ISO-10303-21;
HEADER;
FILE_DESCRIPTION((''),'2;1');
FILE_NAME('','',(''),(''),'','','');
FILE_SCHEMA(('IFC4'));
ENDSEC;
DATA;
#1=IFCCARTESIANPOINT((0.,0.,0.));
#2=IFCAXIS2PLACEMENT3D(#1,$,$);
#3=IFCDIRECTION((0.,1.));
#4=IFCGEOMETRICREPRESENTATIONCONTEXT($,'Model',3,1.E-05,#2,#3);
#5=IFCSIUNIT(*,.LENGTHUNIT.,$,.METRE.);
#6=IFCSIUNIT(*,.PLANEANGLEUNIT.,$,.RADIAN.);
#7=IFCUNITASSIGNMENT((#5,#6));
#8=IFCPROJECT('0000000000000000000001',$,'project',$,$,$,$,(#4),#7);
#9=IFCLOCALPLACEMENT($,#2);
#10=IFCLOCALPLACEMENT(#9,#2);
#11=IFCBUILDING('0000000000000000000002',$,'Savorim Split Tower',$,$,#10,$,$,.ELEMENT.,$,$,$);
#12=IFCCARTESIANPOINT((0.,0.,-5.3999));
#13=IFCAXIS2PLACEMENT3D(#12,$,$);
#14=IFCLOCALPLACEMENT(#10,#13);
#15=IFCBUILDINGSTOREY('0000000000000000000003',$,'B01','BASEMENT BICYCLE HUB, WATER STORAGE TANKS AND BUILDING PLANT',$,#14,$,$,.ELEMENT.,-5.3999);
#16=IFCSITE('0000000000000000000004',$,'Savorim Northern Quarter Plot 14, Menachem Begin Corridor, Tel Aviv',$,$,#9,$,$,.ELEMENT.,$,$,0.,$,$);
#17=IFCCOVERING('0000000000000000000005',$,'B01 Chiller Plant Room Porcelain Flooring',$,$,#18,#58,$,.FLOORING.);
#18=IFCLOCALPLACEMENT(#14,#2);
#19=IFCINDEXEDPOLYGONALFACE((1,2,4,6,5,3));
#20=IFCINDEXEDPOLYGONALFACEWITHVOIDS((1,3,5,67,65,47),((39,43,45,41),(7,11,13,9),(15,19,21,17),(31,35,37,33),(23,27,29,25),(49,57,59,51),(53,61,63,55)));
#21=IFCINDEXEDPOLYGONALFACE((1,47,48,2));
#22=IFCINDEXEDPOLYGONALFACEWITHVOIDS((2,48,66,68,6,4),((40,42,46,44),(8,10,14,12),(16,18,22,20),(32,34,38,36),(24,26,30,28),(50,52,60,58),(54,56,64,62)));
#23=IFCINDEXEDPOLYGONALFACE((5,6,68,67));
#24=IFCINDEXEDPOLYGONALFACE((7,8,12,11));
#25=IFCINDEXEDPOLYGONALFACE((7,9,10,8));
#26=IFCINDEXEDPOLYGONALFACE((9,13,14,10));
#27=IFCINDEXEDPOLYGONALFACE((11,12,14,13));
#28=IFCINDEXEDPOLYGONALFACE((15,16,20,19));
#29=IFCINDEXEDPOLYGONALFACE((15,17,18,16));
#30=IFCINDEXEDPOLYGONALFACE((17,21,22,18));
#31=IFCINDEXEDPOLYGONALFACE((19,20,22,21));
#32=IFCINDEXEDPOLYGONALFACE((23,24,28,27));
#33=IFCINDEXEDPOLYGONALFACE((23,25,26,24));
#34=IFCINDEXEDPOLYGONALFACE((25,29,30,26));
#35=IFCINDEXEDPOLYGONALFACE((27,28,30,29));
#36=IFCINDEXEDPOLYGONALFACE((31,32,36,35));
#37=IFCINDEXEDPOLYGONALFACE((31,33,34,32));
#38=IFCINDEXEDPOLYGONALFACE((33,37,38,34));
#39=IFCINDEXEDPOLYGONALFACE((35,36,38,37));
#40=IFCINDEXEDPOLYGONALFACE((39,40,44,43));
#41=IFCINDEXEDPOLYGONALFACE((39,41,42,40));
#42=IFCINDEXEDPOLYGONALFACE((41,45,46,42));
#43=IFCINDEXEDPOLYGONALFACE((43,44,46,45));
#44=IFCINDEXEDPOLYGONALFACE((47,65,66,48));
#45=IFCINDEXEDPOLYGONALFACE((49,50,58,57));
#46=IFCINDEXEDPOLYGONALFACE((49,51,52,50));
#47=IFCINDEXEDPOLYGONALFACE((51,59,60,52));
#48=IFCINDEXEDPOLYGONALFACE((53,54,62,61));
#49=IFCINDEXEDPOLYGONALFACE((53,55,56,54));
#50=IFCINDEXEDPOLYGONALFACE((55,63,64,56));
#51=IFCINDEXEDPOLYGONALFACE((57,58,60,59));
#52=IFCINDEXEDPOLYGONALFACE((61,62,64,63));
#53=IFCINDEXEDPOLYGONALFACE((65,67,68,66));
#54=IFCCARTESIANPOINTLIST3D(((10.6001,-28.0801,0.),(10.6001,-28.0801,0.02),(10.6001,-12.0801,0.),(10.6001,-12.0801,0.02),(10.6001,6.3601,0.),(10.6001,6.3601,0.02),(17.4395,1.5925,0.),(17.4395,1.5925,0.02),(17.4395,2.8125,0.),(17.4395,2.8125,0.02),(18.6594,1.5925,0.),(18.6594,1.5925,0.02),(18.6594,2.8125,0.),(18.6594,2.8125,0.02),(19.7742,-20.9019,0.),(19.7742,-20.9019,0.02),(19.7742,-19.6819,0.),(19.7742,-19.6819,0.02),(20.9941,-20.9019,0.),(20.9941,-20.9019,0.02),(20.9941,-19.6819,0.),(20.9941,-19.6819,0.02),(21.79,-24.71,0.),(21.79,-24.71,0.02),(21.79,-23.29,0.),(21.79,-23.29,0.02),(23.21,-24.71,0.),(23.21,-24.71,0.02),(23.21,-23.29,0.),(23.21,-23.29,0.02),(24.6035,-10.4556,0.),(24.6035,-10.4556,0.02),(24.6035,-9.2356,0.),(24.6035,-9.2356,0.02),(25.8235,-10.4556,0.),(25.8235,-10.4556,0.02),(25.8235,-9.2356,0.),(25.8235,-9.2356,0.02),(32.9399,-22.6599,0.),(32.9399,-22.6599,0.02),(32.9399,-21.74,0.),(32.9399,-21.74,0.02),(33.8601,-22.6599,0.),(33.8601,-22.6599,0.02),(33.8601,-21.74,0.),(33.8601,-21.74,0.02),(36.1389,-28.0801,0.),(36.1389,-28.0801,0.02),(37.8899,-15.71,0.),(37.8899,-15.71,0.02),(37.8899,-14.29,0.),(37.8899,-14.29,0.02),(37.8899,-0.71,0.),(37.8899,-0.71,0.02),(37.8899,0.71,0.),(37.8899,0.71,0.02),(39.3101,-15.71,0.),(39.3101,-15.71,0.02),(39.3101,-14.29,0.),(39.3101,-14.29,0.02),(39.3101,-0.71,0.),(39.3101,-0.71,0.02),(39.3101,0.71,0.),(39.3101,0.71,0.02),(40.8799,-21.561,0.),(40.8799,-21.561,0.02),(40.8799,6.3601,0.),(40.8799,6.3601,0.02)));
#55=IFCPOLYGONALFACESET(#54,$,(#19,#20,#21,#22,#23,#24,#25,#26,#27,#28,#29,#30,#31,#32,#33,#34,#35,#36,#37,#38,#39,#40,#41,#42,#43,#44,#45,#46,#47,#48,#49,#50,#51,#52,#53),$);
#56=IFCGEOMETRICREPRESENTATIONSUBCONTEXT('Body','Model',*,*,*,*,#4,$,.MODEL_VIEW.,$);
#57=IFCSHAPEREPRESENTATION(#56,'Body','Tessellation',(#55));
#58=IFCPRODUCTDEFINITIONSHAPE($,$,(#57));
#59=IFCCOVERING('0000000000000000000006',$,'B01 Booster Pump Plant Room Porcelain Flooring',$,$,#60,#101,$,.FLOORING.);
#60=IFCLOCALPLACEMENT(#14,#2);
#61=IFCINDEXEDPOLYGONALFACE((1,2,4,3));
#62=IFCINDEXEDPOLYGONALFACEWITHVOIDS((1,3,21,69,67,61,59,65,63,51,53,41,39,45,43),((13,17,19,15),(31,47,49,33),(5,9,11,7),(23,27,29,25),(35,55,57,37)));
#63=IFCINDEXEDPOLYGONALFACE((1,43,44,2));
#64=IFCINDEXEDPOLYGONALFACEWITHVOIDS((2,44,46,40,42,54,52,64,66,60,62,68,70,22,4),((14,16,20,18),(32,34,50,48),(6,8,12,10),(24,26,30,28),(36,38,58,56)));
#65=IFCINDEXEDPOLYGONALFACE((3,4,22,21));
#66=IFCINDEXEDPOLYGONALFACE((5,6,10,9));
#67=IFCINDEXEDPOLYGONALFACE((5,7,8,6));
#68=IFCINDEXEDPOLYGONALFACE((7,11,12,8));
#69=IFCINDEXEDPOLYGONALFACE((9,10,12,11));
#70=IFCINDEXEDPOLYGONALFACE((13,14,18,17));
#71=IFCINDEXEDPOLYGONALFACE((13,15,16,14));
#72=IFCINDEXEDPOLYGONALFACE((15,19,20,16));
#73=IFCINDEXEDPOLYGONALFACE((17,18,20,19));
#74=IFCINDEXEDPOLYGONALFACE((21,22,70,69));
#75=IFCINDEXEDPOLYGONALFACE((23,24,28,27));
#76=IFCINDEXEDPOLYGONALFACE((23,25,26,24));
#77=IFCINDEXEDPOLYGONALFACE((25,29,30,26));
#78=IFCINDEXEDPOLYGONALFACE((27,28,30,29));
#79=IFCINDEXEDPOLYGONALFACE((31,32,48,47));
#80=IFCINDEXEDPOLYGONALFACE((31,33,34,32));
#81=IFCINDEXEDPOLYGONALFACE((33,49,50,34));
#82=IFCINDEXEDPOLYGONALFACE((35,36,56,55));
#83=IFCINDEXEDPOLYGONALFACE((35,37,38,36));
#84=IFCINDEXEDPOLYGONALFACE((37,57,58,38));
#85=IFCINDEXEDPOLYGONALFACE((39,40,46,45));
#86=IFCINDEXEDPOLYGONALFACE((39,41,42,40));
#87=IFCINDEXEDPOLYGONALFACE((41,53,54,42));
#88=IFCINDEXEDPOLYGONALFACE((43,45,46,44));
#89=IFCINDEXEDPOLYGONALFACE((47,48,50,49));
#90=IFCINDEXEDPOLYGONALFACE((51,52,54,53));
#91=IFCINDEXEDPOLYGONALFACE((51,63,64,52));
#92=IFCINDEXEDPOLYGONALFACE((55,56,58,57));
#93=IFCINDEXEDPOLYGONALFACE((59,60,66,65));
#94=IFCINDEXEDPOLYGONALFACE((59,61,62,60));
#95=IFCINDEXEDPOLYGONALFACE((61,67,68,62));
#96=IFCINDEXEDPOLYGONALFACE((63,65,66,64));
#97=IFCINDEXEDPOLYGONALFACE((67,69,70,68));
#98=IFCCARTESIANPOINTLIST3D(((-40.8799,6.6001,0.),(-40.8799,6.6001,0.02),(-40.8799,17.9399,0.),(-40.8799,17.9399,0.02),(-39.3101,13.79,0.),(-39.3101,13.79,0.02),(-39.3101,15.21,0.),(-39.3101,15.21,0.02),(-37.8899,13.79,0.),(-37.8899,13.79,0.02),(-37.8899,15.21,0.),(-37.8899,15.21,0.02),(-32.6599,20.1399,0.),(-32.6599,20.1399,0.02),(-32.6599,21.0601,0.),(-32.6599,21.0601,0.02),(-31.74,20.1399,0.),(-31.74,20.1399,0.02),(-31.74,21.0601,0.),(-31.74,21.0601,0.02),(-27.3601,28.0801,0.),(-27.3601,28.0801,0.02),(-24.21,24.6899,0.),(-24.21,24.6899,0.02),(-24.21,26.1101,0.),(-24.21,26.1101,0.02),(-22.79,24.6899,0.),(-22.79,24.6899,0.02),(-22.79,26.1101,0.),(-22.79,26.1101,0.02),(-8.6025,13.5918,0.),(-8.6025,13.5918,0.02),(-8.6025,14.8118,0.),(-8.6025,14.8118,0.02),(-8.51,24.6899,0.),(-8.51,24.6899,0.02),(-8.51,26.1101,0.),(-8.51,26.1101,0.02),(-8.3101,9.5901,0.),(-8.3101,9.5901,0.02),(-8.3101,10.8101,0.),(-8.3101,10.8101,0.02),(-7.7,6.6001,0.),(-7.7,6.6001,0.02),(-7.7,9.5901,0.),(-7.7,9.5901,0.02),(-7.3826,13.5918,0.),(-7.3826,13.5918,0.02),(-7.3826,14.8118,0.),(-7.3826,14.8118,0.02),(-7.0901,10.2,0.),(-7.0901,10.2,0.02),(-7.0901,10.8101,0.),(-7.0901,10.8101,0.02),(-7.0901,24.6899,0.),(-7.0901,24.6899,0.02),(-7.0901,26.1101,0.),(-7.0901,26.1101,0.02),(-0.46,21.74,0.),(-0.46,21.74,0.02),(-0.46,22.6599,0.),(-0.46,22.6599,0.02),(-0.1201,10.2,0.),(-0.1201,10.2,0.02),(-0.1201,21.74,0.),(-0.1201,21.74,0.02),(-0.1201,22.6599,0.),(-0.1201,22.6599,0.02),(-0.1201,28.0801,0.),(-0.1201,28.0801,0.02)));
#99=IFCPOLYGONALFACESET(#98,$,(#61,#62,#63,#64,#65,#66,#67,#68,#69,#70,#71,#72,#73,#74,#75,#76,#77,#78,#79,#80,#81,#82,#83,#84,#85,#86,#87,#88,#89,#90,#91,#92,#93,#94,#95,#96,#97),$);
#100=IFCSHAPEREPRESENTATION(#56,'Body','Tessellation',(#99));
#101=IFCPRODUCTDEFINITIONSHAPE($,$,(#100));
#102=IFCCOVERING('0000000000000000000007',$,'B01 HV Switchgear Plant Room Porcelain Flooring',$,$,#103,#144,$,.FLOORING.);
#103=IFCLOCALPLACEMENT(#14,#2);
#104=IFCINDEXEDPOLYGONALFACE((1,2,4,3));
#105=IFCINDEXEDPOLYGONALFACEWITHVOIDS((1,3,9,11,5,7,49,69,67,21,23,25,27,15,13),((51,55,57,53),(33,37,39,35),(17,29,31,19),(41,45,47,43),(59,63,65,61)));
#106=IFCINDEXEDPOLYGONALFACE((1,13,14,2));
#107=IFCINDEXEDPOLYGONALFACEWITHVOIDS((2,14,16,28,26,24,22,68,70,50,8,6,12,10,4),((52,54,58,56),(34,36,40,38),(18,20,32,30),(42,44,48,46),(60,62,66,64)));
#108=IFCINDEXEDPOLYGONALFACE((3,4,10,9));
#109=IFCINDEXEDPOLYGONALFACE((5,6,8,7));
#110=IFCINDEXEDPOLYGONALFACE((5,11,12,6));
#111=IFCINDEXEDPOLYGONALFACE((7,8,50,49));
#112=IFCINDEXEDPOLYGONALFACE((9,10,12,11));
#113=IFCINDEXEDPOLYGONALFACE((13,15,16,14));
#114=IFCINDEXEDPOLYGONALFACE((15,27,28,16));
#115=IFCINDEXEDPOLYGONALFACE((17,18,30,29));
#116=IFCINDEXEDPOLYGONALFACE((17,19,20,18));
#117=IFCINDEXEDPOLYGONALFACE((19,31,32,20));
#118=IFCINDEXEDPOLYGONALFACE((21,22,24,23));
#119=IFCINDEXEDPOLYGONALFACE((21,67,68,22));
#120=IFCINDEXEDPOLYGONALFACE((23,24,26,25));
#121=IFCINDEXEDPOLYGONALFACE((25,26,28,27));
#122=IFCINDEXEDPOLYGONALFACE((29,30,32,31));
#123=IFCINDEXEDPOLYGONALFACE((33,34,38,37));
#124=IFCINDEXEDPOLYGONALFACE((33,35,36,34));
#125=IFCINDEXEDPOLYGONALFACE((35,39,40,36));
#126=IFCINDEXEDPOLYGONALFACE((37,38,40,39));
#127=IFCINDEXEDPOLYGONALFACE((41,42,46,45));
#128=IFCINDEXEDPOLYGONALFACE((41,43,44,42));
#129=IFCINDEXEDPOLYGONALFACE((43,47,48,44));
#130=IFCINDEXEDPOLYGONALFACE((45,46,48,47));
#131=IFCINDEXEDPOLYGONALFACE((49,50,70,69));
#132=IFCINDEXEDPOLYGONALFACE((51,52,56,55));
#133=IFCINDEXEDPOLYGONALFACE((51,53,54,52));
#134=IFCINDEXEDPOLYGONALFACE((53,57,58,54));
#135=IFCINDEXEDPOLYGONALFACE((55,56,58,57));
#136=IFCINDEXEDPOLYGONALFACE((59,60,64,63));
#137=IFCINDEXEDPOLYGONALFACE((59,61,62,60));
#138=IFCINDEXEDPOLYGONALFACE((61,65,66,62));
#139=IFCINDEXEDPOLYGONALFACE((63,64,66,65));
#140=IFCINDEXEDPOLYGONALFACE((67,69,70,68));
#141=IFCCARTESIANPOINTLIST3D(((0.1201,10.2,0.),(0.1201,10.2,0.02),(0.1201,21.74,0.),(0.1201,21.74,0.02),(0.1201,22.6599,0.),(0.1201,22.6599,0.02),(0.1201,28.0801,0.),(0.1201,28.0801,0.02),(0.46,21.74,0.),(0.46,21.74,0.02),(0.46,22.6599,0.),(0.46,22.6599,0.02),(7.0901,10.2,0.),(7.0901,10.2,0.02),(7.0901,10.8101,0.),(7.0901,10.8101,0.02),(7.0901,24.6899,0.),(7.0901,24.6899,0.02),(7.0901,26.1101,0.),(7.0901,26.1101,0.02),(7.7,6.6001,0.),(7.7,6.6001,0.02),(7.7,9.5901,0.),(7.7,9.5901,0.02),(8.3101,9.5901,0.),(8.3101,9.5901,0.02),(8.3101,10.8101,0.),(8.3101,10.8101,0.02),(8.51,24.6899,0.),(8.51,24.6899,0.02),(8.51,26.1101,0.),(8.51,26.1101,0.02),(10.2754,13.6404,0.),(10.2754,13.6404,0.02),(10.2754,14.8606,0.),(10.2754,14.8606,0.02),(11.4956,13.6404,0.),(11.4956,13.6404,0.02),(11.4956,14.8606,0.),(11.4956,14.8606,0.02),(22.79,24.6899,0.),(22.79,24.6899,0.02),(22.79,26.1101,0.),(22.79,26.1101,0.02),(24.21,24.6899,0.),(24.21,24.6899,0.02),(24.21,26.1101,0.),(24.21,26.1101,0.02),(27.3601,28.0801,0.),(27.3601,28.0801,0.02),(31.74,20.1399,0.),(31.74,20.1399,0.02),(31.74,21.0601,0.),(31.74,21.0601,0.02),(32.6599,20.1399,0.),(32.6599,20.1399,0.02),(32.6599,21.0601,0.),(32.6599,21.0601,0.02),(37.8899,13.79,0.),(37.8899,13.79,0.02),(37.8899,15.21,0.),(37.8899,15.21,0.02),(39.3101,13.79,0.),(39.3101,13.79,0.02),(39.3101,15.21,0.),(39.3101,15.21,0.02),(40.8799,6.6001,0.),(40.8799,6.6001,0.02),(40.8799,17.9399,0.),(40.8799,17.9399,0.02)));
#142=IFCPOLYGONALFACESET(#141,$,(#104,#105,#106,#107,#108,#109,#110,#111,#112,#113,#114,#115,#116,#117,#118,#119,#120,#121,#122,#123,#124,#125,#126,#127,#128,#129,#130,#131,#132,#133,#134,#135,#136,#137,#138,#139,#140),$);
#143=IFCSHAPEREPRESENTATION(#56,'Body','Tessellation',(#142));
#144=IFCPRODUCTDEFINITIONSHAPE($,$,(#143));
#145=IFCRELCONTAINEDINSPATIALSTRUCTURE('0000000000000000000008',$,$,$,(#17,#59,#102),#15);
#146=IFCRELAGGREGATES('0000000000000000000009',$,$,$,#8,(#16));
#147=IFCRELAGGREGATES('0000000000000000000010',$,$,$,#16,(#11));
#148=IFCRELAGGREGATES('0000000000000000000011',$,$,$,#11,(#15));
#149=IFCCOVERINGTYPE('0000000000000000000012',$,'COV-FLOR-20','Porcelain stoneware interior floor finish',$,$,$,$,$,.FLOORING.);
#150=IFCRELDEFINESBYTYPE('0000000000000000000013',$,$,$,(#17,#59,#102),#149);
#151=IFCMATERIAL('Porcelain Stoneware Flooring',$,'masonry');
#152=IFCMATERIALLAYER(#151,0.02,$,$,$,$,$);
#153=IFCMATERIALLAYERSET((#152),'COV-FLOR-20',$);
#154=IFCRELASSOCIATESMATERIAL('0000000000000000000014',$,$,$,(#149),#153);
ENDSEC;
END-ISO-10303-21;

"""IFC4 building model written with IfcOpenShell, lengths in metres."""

from ifc_helpers import new_model, si_unit, direction, frame, origin, place, context, subcontext, project, spatial, polyline, outline, extrude, material, layer, layer_set, type_object, element, save


model = new_model("IFC4")

# Units and contexts
model_context = context("Model", 3, precision=1e-05, world=origin(), true_north=direction((0.0, 1.0)))
body_context = subcontext(model_context, "Body", "Model", "MODEL_VIEW")
ifc_project = project(units=[si_unit("LENGTHUNIT", "METRE"), si_unit("PLANEANGLEUNIT", "RADIAN")], contexts=[model_context])

# Site, building, storey
site_placement = place(None, origin())
site = spatial("IfcSite", under=ifc_project, at=site_placement, Name="Savorim Northern Quarter Plot 14, Menachem Begin Corridor, Tel Aviv", CompositionType="ELEMENT", RefElevation=0.0)
building_placement = place(site_placement, origin())
building = spatial("IfcBuilding", under=site, at=building_placement, Name="Savorim Split Tower", CompositionType="ELEMENT")
storey_placement = place(building_placement, frame((0.0, 0.0, -5.3999)))
storey = spatial("IfcBuildingStorey", under=building, at=storey_placement, Name="B01", Description="BASEMENT BICYCLE HUB, WATER STORAGE TANKS AND BUILDING PLANT", CompositionType="ELEMENT", Elevation=-5.3999)

# Coverings
ifc_material_1 = material(Name="Porcelain Stoneware Flooring", Category="masonry")
ifc_layer_1 = layer(ifc_material_1, 0.02)
ifc_layer_set_1 = layer_set([ifc_layer_1], Name="COV-FLOR-20")
covering_type_1 = type_object("IfcCoveringType", Name="COV-FLOR-20", Description="Porcelain stoneware interior floor finish", PredefinedType="FLOORING", material=ifc_layer_set_1)
covering_1_placement = place(storey_placement, origin())
element("IfcCovering", 1, at=covering_1_placement, inside=storey, type_object=covering_type_1, Name="B01 Chiller Plant Room Porcelain Flooring", PredefinedType="FLOORING", context=body_context, shape_type="SweptSolid", body=[
    extrude(outline(polyline([(10.6001, -28.0801), (36.1389, -28.0801), (40.8799, -21.561), (40.8799, 6.3601), (10.6001, 6.3601), (10.6001, -12.0801), (10.6001, -28.0801)]), holes=[polyline([(37.8899, -14.29), (37.8899, -15.71), (39.3101, -15.71), (39.3101, -14.29), (37.8899, -14.29)]), polyline([(37.8899, 0.71), (37.8899, -0.71), (39.3101, -0.71), (39.3101, 0.71), (37.8899, 0.71)]), polyline([(21.79, -24.71), (23.21, -24.71), (23.21, -23.29), (21.79, -23.29), (21.79, -24.71)]), polyline([(19.7742, -20.9019), (20.9941, -20.9019), (20.9941, -19.6819), (19.7742, -19.6819), (19.7742, -20.9019)]), polyline([(25.8235, -10.4556), (25.8235, -9.2356), (24.6035, -9.2356), (24.6035, -10.4556), (25.8235, -10.4556)]), polyline([(18.6594, 2.8125), (17.4395, 2.8125), (17.4395, 1.5925), (18.6594, 1.5925), (18.6594, 2.8125)]), polyline([(32.9399, -21.74), (32.9399, -22.6599), (33.8601, -22.6599), (33.8601, -21.74), (32.9399, -21.74)])]), origin(), (0.0, 0.0, 1.0), 0.02),
])
covering_2_placement = place(storey_placement, origin())
element("IfcCovering", 2, at=covering_2_placement, inside=storey, type_object=covering_type_1, Name="B01 Booster Pump Plant Room Porcelain Flooring", PredefinedType="FLOORING", context=body_context, shape_type="SweptSolid", body=[
    extrude(outline(polyline([(-0.1201, 28.0801), (-27.3601, 28.0801), (-40.8799, 17.9399), (-40.8799, 6.6001), (-7.7, 6.6001), (-7.7, 9.5901), (-8.3101, 9.5901), (-8.3101, 10.8101), (-7.0901, 10.8101), (-7.0901, 10.2), (-0.1201, 10.2), (-0.1201, 21.74), (-0.46, 21.74), (-0.46, 22.6599), (-0.1201, 22.6599), (-0.1201, 28.0801)]), holes=[polyline([(-7.0901, 24.6899), (-7.0901, 26.1101), (-8.51, 26.1101), (-8.51, 24.6899), (-7.0901, 24.6899)]), polyline([(-22.79, 26.1101), (-24.21, 26.1101), (-24.21, 24.6899), (-22.79, 24.6899), (-22.79, 26.1101)]), polyline([(-37.8899, 15.21), (-39.3101, 15.21), (-39.3101, 13.79), (-37.8899, 13.79), (-37.8899, 15.21)]), polyline([(-8.6025, 13.5918), (-7.3826, 13.5918), (-7.3826, 14.8118), (-8.6025, 14.8118), (-8.6025, 13.5918)]), polyline([(-31.74, 20.1399), (-31.74, 21.0601), (-32.6599, 21.0601), (-32.6599, 20.1399), (-31.74, 20.1399)])]), origin(), (0.0, 0.0, 1.0), 0.02),
])
covering_3_placement = place(storey_placement, origin())
element("IfcCovering", 3, at=covering_3_placement, inside=storey, type_object=covering_type_1, Name="B01 HV Switchgear Plant Room Porcelain Flooring", PredefinedType="FLOORING", context=body_context, shape_type="SweptSolid", body=[
    extrude(outline(polyline([(40.8799, 6.6001), (40.8799, 17.9399), (27.3601, 28.0801), (0.1201, 28.0801), (0.1201, 22.6599), (0.46, 22.6599), (0.46, 21.74), (0.1201, 21.74), (0.1201, 10.2), (7.0901, 10.2), (7.0901, 10.8101), (8.3101, 10.8101), (8.3101, 9.5901), (7.7, 9.5901), (7.7, 6.6001), (40.8799, 6.6001)]), holes=[polyline([(37.8899, 13.79), (39.3101, 13.79), (39.3101, 15.21), (37.8899, 15.21), (37.8899, 13.79)]), polyline([(22.79, 24.6899), (24.21, 24.6899), (24.21, 26.1101), (22.79, 26.1101), (22.79, 24.6899)]), polyline([(7.0901, 24.6899), (8.51, 24.6899), (8.51, 26.1101), (7.0901, 26.1101), (7.0901, 24.6899)]), polyline([(10.2754, 14.8606), (10.2754, 13.6404), (11.4956, 13.6404), (11.4956, 14.8606), (10.2754, 14.8606)]), polyline([(31.74, 20.1399), (32.6599, 20.1399), (32.6599, 21.0601), (31.74, 21.0601), (31.74, 20.1399)])]), origin(), (0.0, 0.0, 1.0), 0.02),
])

save(model, "model.ifc")
